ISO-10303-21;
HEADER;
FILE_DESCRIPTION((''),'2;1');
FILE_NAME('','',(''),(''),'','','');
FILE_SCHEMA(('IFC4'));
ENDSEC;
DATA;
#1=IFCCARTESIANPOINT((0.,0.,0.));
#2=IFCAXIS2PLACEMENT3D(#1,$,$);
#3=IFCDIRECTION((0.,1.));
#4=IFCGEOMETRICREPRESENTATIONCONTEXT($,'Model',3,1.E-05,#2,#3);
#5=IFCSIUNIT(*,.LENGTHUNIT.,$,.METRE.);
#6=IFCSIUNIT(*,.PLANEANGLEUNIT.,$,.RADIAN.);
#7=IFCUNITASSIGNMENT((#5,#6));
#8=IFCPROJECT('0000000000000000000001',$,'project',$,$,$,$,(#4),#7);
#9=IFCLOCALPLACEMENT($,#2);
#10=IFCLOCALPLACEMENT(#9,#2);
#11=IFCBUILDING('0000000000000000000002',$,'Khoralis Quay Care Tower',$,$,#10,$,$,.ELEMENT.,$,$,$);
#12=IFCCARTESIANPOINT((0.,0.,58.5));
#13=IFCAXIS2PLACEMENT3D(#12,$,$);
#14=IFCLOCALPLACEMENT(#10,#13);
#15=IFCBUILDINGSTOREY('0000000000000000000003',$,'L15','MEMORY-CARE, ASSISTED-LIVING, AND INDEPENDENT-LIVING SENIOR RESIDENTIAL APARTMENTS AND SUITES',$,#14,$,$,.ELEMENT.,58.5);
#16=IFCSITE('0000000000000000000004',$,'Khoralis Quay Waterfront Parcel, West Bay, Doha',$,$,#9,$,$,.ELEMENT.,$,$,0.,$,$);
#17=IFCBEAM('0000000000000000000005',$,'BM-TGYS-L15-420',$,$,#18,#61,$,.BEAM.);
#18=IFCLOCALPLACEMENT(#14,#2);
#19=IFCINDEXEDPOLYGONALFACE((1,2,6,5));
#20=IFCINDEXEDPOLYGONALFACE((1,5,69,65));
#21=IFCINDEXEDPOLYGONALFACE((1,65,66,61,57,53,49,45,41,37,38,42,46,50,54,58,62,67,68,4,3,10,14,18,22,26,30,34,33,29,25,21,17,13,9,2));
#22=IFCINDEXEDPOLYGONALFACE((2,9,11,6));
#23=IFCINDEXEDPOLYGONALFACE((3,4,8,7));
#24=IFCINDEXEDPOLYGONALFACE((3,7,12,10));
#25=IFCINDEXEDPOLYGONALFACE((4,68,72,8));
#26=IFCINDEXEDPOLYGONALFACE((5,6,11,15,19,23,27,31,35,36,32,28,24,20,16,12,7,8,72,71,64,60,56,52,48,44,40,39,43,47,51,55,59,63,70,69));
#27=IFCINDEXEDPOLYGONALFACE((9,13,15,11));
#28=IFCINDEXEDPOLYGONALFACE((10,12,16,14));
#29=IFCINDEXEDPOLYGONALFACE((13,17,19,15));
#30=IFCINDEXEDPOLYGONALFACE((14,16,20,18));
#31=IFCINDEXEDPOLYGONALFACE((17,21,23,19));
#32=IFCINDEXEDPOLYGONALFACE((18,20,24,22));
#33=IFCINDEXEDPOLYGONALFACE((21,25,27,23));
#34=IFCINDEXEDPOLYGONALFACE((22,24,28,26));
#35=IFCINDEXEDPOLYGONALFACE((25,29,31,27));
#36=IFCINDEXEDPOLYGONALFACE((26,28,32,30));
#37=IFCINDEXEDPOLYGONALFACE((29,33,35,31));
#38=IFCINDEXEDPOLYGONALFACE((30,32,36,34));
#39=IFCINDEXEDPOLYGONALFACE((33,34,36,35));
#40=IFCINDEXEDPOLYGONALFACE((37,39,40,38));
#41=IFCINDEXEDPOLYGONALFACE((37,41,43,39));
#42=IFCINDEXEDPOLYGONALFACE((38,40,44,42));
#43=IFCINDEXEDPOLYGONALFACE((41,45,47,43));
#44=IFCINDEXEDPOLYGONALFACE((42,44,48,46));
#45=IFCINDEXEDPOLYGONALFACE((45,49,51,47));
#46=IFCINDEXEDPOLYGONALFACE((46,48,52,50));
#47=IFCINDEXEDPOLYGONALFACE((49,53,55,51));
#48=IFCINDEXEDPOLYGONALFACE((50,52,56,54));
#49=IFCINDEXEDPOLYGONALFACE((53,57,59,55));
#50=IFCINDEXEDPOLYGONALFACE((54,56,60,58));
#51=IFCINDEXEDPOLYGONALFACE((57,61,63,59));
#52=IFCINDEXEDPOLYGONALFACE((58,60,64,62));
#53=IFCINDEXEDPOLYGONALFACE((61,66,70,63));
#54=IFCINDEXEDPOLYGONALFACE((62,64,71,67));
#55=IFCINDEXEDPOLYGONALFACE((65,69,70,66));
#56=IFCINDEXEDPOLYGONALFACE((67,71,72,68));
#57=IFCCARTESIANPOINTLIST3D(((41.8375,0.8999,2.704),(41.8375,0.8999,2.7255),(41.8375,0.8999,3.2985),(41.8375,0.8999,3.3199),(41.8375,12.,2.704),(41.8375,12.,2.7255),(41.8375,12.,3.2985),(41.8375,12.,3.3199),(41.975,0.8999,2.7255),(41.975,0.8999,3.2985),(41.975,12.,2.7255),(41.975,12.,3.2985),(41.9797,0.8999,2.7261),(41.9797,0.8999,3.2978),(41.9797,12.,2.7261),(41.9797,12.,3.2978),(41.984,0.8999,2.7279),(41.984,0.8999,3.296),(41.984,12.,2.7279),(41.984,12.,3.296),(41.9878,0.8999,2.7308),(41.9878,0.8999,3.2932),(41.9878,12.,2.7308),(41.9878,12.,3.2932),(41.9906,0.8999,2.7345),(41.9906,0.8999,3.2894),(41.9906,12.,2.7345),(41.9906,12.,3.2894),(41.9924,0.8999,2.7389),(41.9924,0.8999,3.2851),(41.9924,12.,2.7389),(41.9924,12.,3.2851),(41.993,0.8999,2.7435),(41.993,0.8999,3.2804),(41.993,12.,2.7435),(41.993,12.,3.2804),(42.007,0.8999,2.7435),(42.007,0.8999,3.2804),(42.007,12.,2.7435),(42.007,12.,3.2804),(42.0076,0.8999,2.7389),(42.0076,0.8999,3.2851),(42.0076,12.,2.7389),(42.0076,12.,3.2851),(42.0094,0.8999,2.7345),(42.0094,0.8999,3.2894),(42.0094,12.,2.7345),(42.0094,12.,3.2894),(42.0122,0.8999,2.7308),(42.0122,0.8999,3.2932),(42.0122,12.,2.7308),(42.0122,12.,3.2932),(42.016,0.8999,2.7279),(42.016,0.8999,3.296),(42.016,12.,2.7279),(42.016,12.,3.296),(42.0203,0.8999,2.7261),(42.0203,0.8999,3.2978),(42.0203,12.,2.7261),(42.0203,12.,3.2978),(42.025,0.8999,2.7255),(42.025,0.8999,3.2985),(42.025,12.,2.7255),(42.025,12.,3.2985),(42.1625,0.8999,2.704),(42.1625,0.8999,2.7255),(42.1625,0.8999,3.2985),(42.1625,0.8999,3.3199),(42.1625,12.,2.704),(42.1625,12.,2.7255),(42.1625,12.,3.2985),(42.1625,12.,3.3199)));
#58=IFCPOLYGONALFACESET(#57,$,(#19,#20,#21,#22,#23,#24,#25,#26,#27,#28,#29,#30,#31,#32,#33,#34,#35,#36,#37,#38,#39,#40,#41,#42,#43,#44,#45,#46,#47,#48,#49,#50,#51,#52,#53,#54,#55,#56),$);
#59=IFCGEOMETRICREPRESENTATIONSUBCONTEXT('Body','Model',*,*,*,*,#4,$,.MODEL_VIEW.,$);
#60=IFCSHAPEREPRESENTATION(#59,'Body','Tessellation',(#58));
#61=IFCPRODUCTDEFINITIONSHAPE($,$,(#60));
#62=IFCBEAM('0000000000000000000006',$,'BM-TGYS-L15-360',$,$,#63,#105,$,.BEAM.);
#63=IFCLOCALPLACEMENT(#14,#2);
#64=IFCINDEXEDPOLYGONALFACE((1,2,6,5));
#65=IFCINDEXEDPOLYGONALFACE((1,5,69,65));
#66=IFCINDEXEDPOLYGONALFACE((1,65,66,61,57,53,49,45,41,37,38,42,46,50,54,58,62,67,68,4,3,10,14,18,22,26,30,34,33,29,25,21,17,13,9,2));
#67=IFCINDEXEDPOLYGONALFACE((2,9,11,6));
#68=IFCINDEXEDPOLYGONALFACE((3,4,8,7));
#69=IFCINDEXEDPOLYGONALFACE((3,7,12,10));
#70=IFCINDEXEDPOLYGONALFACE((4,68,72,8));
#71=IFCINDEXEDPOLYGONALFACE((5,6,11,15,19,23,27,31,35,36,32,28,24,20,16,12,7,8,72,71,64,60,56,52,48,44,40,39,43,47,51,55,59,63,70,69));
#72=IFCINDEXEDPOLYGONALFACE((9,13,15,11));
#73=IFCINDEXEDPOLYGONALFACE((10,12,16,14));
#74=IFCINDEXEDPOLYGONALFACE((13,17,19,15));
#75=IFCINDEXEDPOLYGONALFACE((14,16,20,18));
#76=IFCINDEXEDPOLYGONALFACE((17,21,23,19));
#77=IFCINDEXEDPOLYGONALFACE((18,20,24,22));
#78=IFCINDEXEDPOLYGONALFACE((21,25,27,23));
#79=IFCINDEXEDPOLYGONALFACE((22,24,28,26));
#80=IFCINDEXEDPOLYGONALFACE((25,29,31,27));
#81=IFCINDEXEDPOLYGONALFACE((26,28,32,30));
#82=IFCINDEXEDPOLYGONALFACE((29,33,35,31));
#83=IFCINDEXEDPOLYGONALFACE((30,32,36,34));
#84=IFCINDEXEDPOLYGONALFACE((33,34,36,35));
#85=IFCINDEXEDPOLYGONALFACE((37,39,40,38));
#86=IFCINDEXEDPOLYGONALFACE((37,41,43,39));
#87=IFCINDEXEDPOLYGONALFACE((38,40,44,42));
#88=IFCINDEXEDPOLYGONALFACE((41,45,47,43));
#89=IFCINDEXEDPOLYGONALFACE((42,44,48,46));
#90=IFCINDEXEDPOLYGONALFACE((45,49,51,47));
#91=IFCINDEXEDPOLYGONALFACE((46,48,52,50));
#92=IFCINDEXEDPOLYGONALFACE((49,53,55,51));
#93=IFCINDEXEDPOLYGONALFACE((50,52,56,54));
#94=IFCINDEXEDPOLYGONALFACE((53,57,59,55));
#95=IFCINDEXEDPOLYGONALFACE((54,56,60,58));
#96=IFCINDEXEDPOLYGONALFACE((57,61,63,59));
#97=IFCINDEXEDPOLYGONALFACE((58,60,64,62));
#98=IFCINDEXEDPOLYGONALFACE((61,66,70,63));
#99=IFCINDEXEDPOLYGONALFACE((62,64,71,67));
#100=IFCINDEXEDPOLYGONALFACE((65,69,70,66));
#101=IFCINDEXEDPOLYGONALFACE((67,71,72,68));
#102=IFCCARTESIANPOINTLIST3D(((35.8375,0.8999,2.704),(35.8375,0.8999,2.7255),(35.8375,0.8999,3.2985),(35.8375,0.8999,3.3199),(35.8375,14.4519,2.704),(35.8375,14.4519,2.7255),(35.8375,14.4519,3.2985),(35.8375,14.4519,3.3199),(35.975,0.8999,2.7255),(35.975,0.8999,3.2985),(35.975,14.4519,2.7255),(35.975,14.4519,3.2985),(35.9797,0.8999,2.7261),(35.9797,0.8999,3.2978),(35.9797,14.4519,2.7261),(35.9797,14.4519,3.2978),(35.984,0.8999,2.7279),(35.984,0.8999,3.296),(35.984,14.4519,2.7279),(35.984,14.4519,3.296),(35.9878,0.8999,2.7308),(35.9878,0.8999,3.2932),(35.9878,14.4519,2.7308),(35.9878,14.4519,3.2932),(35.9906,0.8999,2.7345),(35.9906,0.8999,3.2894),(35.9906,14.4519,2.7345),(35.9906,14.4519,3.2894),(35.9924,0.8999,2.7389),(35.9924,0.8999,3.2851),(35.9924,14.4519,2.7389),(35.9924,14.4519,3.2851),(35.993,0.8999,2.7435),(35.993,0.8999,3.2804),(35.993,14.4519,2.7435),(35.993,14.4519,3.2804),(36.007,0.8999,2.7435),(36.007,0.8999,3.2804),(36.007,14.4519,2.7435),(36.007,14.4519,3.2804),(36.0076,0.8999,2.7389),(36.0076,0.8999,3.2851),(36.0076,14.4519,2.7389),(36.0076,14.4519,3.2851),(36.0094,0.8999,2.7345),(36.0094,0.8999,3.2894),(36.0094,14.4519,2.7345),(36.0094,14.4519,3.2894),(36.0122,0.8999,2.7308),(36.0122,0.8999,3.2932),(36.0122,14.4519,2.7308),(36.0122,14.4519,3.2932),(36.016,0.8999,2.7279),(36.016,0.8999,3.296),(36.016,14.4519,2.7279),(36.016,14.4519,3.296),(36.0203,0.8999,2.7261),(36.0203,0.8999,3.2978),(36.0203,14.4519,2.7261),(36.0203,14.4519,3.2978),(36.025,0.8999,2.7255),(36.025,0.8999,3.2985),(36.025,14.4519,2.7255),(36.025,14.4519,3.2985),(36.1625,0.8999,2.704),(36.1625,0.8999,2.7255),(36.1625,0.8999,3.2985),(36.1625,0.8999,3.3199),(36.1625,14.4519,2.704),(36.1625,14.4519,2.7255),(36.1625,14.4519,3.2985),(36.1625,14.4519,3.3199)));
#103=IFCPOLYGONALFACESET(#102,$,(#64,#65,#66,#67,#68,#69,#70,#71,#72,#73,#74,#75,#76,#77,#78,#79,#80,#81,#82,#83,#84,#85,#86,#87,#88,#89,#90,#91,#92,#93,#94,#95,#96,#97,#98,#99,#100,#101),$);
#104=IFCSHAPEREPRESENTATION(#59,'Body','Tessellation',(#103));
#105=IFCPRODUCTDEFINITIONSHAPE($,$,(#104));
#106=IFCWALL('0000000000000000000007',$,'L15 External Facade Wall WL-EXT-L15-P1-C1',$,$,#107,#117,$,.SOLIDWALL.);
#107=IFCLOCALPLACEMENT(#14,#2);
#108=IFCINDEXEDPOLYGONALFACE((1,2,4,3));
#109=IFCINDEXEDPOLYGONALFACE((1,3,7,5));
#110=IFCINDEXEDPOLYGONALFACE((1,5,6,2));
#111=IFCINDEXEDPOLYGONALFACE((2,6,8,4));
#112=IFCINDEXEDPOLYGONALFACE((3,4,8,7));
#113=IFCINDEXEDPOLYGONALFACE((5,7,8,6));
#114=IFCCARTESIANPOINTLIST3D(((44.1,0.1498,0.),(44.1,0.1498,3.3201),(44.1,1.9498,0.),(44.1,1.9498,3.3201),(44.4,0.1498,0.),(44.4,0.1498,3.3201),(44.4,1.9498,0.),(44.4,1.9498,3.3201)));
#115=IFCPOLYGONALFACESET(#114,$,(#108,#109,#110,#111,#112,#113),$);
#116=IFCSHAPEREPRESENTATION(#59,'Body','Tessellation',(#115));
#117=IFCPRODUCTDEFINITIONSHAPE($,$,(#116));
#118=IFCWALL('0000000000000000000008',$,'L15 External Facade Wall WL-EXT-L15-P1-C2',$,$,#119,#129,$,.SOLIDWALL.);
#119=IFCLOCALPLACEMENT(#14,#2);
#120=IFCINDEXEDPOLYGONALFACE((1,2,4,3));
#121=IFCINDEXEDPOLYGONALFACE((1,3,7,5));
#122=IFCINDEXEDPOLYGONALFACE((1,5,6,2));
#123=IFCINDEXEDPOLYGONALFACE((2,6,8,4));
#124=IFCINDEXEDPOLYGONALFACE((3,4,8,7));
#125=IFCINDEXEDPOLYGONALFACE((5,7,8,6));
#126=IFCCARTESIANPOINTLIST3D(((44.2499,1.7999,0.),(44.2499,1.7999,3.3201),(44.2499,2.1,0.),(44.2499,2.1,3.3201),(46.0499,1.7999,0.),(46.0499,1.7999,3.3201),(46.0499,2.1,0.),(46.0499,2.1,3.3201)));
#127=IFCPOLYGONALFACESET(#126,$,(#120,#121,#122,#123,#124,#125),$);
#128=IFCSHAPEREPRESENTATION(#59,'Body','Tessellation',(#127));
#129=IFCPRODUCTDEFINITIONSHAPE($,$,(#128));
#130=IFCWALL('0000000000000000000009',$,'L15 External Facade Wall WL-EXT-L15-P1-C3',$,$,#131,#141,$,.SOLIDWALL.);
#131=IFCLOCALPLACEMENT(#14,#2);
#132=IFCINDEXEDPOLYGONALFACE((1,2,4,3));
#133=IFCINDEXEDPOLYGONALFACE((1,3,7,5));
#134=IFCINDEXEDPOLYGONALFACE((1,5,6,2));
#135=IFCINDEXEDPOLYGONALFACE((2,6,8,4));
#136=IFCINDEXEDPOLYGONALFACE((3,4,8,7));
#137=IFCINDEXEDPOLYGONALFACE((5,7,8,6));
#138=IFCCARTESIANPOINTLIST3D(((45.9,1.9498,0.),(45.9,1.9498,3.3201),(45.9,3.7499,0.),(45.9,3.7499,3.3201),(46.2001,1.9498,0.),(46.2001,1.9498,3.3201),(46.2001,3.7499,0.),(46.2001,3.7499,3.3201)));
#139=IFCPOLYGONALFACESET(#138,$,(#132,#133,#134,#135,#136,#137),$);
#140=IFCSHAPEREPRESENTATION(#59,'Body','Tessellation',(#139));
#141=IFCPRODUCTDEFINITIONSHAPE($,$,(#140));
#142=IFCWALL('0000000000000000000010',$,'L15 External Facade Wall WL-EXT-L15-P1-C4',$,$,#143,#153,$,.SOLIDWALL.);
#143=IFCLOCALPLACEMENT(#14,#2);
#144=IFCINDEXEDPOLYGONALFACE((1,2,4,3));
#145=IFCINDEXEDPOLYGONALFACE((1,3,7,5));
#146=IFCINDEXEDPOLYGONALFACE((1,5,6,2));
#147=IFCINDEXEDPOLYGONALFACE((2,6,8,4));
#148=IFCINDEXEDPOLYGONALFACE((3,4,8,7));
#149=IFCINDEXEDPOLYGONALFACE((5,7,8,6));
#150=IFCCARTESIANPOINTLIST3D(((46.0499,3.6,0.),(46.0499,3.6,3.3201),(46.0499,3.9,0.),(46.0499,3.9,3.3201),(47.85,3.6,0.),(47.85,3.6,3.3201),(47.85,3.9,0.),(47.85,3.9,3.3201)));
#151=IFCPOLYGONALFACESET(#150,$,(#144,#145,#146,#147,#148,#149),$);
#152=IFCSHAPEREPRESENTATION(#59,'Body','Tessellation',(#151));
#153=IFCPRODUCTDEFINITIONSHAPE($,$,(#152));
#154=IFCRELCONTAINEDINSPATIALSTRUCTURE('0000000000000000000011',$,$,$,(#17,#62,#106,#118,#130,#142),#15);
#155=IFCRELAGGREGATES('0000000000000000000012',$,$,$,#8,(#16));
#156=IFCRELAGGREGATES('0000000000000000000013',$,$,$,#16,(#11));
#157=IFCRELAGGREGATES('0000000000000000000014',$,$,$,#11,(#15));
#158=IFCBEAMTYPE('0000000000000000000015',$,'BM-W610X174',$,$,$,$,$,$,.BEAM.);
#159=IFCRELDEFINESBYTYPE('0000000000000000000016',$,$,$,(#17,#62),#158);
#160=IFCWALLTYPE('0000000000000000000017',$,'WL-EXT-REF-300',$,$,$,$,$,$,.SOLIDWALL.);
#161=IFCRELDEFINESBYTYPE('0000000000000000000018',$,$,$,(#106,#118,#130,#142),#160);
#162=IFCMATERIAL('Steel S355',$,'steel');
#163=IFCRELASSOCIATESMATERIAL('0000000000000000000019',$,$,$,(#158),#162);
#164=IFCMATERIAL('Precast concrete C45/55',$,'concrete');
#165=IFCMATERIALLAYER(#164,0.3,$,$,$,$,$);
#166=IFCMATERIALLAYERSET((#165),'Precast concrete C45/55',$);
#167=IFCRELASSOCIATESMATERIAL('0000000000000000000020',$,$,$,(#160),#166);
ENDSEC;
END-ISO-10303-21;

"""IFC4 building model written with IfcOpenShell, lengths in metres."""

from ifc_helpers import new_model, si_unit, direction, frame, frame_2d, origin, origin_2d, place, context, subcontext, project, spatial, rectangle, i_section, extrude, source, transform, mapped, material, layer, layer_set, material_profile, profile_set, type_object, element, save


model = new_model("IFC4")

# Units and contexts
model_context = context("Model", 3, precision=1e-05, world=origin(), true_north=direction((0.0, 1.0)))
body_context = subcontext(model_context, "Body", "Model", "MODEL_VIEW")
ifc_project = project(units=[si_unit("LENGTHUNIT", "METRE"), si_unit("PLANEANGLEUNIT", "RADIAN")], contexts=[model_context])

# Site, building, storey
site_placement = place(None, origin())
site = spatial("IfcSite", under=ifc_project, at=site_placement, Name="Khoralis Quay Waterfront Parcel, West Bay, Doha", CompositionType="ELEMENT", RefElevation=0.0)
building_placement = place(site_placement, origin())
building = spatial("IfcBuilding", under=site, at=building_placement, Name="Khoralis Quay Care Tower", CompositionType="ELEMENT")
storey_placement = place(building_placement, frame((0.0, 0.0, 58.5)))
storey = spatial("IfcBuildingStorey", under=building, at=storey_placement, Name="L15", Description="MEMORY-CARE, ASSISTED-LIVING, AND INDEPENDENT-LIVING SENIOR RESIDENTIAL APARTMENTS AND SUITES", CompositionType="ELEMENT", Elevation=58.5)

# Beams
ifc_material_1 = material(Name="Steel S355", Category="steel")
ifc_material_profile_1 = material_profile(ifc_material_1, i_section(OverallWidth=0.325, OverallDepth=0.616, WebThickness=0.0139, FlangeThickness=0.0215, FilletRadius=0.0181, at=origin_2d()), Name="Steel S355")
ifc_profile_set_1 = profile_set([ifc_material_profile_1], Name="Steel S355")
beam_type_1 = type_object("IfcBeamType", Name="BM-W610X174", PredefinedType="BEAM", material=ifc_profile_set_1)
shared_shape_1 = source(origin(), body_context, "Body", "SweptSolid", [
    extrude(i_section(OverallWidth=0.325, OverallDepth=0.616, WebThickness=0.0139, FlangeThickness=0.0215, FilletRadius=0.0181, at=origin_2d()), origin(), (0.0, 0.0, 1.0), 11.1001),
])
beam_1_placement = place(storey_placement, frame((42.0, 0.8999, 3.012), z_axis=(0.0, 1.0, 0.0), x_axis=(-1.0, 0.0, 0.0)))
element("IfcBeam", 1, at=beam_1_placement, inside=storey, type_object=beam_type_1, Name="BM-TGYS-L15-420", PredefinedType="BEAM", context=body_context, shape_type="MappedRepresentation", body=[
    mapped(shared_shape_1, transform((0.0, 0.0, 0.0), scale=1.0)),
])
shared_shape_2 = source(origin(), body_context, "Body", "SweptSolid", [
    extrude(i_section(OverallWidth=0.325, OverallDepth=0.616, WebThickness=0.0139, FlangeThickness=0.0215, FilletRadius=0.0181, at=origin_2d()), origin(), (0.0, 0.0, 1.0), 13.552),
])
beam_2_placement = place(storey_placement, frame((36.0, 0.8999, 3.012), z_axis=(0.0, 1.0, 0.0), x_axis=(-1.0, 0.0, 0.0)))
element("IfcBeam", 2, at=beam_2_placement, inside=storey, type_object=beam_type_1, Name="BM-TGYS-L15-360", PredefinedType="BEAM", context=body_context, shape_type="MappedRepresentation", body=[
    mapped(shared_shape_2, transform((0.0, 0.0, 0.0), scale=1.0)),
])

# Walls
ifc_material_2 = material(Name="Precast concrete C45/55", Category="concrete")
ifc_layer_1 = layer(ifc_material_2, 0.3)
ifc_layer_set_1 = layer_set([ifc_layer_1], Name="Precast concrete C45/55")
wall_type_1 = type_object("IfcWallType", Name="WL-EXT-REF-300", PredefinedType="SOLIDWALL", material=ifc_layer_set_1)
for number, where, z_axis, x_axis, name in (
    (3, (44.25, 0.1499, 0.0), (0.0, 0.0, 1.0), (0.0, 1.0, 0.0), "L15 External Facade Wall WL-EXT-L15-P1-C1"),
    (4, (44.25, 1.95, 0.0), (0.0, 0.0, 1.0), (1.0, 0.0, 0.0), "L15 External Facade Wall WL-EXT-L15-P1-C2"),
    (5, (46.05, 1.95, 0.0), (0.0, 0.0, 1.0), (0.0, 1.0, 0.0), "L15 External Facade Wall WL-EXT-L15-P1-C3"),
    (6, (46.05, 3.75, 0.0), (0.0, 0.0, 1.0), (1.0, 0.0, 0.0), "L15 External Facade Wall WL-EXT-L15-P1-C4"),
):
    element("IfcWall", number, at=place(storey_placement, frame(where, z_axis=z_axis, x_axis=x_axis)), inside=storey, type_object=wall_type_1, Name=name, PredefinedType="SOLIDWALL", context=body_context, shape_type="SweptSolid", body=[
        extrude(rectangle(XDim=1.8, YDim=0.3, at=frame_2d((0.8999, 0.0))), origin(), (0.0, 0.0, 1.0), 3.3201),
    ])

save(model, "model.ifc")
